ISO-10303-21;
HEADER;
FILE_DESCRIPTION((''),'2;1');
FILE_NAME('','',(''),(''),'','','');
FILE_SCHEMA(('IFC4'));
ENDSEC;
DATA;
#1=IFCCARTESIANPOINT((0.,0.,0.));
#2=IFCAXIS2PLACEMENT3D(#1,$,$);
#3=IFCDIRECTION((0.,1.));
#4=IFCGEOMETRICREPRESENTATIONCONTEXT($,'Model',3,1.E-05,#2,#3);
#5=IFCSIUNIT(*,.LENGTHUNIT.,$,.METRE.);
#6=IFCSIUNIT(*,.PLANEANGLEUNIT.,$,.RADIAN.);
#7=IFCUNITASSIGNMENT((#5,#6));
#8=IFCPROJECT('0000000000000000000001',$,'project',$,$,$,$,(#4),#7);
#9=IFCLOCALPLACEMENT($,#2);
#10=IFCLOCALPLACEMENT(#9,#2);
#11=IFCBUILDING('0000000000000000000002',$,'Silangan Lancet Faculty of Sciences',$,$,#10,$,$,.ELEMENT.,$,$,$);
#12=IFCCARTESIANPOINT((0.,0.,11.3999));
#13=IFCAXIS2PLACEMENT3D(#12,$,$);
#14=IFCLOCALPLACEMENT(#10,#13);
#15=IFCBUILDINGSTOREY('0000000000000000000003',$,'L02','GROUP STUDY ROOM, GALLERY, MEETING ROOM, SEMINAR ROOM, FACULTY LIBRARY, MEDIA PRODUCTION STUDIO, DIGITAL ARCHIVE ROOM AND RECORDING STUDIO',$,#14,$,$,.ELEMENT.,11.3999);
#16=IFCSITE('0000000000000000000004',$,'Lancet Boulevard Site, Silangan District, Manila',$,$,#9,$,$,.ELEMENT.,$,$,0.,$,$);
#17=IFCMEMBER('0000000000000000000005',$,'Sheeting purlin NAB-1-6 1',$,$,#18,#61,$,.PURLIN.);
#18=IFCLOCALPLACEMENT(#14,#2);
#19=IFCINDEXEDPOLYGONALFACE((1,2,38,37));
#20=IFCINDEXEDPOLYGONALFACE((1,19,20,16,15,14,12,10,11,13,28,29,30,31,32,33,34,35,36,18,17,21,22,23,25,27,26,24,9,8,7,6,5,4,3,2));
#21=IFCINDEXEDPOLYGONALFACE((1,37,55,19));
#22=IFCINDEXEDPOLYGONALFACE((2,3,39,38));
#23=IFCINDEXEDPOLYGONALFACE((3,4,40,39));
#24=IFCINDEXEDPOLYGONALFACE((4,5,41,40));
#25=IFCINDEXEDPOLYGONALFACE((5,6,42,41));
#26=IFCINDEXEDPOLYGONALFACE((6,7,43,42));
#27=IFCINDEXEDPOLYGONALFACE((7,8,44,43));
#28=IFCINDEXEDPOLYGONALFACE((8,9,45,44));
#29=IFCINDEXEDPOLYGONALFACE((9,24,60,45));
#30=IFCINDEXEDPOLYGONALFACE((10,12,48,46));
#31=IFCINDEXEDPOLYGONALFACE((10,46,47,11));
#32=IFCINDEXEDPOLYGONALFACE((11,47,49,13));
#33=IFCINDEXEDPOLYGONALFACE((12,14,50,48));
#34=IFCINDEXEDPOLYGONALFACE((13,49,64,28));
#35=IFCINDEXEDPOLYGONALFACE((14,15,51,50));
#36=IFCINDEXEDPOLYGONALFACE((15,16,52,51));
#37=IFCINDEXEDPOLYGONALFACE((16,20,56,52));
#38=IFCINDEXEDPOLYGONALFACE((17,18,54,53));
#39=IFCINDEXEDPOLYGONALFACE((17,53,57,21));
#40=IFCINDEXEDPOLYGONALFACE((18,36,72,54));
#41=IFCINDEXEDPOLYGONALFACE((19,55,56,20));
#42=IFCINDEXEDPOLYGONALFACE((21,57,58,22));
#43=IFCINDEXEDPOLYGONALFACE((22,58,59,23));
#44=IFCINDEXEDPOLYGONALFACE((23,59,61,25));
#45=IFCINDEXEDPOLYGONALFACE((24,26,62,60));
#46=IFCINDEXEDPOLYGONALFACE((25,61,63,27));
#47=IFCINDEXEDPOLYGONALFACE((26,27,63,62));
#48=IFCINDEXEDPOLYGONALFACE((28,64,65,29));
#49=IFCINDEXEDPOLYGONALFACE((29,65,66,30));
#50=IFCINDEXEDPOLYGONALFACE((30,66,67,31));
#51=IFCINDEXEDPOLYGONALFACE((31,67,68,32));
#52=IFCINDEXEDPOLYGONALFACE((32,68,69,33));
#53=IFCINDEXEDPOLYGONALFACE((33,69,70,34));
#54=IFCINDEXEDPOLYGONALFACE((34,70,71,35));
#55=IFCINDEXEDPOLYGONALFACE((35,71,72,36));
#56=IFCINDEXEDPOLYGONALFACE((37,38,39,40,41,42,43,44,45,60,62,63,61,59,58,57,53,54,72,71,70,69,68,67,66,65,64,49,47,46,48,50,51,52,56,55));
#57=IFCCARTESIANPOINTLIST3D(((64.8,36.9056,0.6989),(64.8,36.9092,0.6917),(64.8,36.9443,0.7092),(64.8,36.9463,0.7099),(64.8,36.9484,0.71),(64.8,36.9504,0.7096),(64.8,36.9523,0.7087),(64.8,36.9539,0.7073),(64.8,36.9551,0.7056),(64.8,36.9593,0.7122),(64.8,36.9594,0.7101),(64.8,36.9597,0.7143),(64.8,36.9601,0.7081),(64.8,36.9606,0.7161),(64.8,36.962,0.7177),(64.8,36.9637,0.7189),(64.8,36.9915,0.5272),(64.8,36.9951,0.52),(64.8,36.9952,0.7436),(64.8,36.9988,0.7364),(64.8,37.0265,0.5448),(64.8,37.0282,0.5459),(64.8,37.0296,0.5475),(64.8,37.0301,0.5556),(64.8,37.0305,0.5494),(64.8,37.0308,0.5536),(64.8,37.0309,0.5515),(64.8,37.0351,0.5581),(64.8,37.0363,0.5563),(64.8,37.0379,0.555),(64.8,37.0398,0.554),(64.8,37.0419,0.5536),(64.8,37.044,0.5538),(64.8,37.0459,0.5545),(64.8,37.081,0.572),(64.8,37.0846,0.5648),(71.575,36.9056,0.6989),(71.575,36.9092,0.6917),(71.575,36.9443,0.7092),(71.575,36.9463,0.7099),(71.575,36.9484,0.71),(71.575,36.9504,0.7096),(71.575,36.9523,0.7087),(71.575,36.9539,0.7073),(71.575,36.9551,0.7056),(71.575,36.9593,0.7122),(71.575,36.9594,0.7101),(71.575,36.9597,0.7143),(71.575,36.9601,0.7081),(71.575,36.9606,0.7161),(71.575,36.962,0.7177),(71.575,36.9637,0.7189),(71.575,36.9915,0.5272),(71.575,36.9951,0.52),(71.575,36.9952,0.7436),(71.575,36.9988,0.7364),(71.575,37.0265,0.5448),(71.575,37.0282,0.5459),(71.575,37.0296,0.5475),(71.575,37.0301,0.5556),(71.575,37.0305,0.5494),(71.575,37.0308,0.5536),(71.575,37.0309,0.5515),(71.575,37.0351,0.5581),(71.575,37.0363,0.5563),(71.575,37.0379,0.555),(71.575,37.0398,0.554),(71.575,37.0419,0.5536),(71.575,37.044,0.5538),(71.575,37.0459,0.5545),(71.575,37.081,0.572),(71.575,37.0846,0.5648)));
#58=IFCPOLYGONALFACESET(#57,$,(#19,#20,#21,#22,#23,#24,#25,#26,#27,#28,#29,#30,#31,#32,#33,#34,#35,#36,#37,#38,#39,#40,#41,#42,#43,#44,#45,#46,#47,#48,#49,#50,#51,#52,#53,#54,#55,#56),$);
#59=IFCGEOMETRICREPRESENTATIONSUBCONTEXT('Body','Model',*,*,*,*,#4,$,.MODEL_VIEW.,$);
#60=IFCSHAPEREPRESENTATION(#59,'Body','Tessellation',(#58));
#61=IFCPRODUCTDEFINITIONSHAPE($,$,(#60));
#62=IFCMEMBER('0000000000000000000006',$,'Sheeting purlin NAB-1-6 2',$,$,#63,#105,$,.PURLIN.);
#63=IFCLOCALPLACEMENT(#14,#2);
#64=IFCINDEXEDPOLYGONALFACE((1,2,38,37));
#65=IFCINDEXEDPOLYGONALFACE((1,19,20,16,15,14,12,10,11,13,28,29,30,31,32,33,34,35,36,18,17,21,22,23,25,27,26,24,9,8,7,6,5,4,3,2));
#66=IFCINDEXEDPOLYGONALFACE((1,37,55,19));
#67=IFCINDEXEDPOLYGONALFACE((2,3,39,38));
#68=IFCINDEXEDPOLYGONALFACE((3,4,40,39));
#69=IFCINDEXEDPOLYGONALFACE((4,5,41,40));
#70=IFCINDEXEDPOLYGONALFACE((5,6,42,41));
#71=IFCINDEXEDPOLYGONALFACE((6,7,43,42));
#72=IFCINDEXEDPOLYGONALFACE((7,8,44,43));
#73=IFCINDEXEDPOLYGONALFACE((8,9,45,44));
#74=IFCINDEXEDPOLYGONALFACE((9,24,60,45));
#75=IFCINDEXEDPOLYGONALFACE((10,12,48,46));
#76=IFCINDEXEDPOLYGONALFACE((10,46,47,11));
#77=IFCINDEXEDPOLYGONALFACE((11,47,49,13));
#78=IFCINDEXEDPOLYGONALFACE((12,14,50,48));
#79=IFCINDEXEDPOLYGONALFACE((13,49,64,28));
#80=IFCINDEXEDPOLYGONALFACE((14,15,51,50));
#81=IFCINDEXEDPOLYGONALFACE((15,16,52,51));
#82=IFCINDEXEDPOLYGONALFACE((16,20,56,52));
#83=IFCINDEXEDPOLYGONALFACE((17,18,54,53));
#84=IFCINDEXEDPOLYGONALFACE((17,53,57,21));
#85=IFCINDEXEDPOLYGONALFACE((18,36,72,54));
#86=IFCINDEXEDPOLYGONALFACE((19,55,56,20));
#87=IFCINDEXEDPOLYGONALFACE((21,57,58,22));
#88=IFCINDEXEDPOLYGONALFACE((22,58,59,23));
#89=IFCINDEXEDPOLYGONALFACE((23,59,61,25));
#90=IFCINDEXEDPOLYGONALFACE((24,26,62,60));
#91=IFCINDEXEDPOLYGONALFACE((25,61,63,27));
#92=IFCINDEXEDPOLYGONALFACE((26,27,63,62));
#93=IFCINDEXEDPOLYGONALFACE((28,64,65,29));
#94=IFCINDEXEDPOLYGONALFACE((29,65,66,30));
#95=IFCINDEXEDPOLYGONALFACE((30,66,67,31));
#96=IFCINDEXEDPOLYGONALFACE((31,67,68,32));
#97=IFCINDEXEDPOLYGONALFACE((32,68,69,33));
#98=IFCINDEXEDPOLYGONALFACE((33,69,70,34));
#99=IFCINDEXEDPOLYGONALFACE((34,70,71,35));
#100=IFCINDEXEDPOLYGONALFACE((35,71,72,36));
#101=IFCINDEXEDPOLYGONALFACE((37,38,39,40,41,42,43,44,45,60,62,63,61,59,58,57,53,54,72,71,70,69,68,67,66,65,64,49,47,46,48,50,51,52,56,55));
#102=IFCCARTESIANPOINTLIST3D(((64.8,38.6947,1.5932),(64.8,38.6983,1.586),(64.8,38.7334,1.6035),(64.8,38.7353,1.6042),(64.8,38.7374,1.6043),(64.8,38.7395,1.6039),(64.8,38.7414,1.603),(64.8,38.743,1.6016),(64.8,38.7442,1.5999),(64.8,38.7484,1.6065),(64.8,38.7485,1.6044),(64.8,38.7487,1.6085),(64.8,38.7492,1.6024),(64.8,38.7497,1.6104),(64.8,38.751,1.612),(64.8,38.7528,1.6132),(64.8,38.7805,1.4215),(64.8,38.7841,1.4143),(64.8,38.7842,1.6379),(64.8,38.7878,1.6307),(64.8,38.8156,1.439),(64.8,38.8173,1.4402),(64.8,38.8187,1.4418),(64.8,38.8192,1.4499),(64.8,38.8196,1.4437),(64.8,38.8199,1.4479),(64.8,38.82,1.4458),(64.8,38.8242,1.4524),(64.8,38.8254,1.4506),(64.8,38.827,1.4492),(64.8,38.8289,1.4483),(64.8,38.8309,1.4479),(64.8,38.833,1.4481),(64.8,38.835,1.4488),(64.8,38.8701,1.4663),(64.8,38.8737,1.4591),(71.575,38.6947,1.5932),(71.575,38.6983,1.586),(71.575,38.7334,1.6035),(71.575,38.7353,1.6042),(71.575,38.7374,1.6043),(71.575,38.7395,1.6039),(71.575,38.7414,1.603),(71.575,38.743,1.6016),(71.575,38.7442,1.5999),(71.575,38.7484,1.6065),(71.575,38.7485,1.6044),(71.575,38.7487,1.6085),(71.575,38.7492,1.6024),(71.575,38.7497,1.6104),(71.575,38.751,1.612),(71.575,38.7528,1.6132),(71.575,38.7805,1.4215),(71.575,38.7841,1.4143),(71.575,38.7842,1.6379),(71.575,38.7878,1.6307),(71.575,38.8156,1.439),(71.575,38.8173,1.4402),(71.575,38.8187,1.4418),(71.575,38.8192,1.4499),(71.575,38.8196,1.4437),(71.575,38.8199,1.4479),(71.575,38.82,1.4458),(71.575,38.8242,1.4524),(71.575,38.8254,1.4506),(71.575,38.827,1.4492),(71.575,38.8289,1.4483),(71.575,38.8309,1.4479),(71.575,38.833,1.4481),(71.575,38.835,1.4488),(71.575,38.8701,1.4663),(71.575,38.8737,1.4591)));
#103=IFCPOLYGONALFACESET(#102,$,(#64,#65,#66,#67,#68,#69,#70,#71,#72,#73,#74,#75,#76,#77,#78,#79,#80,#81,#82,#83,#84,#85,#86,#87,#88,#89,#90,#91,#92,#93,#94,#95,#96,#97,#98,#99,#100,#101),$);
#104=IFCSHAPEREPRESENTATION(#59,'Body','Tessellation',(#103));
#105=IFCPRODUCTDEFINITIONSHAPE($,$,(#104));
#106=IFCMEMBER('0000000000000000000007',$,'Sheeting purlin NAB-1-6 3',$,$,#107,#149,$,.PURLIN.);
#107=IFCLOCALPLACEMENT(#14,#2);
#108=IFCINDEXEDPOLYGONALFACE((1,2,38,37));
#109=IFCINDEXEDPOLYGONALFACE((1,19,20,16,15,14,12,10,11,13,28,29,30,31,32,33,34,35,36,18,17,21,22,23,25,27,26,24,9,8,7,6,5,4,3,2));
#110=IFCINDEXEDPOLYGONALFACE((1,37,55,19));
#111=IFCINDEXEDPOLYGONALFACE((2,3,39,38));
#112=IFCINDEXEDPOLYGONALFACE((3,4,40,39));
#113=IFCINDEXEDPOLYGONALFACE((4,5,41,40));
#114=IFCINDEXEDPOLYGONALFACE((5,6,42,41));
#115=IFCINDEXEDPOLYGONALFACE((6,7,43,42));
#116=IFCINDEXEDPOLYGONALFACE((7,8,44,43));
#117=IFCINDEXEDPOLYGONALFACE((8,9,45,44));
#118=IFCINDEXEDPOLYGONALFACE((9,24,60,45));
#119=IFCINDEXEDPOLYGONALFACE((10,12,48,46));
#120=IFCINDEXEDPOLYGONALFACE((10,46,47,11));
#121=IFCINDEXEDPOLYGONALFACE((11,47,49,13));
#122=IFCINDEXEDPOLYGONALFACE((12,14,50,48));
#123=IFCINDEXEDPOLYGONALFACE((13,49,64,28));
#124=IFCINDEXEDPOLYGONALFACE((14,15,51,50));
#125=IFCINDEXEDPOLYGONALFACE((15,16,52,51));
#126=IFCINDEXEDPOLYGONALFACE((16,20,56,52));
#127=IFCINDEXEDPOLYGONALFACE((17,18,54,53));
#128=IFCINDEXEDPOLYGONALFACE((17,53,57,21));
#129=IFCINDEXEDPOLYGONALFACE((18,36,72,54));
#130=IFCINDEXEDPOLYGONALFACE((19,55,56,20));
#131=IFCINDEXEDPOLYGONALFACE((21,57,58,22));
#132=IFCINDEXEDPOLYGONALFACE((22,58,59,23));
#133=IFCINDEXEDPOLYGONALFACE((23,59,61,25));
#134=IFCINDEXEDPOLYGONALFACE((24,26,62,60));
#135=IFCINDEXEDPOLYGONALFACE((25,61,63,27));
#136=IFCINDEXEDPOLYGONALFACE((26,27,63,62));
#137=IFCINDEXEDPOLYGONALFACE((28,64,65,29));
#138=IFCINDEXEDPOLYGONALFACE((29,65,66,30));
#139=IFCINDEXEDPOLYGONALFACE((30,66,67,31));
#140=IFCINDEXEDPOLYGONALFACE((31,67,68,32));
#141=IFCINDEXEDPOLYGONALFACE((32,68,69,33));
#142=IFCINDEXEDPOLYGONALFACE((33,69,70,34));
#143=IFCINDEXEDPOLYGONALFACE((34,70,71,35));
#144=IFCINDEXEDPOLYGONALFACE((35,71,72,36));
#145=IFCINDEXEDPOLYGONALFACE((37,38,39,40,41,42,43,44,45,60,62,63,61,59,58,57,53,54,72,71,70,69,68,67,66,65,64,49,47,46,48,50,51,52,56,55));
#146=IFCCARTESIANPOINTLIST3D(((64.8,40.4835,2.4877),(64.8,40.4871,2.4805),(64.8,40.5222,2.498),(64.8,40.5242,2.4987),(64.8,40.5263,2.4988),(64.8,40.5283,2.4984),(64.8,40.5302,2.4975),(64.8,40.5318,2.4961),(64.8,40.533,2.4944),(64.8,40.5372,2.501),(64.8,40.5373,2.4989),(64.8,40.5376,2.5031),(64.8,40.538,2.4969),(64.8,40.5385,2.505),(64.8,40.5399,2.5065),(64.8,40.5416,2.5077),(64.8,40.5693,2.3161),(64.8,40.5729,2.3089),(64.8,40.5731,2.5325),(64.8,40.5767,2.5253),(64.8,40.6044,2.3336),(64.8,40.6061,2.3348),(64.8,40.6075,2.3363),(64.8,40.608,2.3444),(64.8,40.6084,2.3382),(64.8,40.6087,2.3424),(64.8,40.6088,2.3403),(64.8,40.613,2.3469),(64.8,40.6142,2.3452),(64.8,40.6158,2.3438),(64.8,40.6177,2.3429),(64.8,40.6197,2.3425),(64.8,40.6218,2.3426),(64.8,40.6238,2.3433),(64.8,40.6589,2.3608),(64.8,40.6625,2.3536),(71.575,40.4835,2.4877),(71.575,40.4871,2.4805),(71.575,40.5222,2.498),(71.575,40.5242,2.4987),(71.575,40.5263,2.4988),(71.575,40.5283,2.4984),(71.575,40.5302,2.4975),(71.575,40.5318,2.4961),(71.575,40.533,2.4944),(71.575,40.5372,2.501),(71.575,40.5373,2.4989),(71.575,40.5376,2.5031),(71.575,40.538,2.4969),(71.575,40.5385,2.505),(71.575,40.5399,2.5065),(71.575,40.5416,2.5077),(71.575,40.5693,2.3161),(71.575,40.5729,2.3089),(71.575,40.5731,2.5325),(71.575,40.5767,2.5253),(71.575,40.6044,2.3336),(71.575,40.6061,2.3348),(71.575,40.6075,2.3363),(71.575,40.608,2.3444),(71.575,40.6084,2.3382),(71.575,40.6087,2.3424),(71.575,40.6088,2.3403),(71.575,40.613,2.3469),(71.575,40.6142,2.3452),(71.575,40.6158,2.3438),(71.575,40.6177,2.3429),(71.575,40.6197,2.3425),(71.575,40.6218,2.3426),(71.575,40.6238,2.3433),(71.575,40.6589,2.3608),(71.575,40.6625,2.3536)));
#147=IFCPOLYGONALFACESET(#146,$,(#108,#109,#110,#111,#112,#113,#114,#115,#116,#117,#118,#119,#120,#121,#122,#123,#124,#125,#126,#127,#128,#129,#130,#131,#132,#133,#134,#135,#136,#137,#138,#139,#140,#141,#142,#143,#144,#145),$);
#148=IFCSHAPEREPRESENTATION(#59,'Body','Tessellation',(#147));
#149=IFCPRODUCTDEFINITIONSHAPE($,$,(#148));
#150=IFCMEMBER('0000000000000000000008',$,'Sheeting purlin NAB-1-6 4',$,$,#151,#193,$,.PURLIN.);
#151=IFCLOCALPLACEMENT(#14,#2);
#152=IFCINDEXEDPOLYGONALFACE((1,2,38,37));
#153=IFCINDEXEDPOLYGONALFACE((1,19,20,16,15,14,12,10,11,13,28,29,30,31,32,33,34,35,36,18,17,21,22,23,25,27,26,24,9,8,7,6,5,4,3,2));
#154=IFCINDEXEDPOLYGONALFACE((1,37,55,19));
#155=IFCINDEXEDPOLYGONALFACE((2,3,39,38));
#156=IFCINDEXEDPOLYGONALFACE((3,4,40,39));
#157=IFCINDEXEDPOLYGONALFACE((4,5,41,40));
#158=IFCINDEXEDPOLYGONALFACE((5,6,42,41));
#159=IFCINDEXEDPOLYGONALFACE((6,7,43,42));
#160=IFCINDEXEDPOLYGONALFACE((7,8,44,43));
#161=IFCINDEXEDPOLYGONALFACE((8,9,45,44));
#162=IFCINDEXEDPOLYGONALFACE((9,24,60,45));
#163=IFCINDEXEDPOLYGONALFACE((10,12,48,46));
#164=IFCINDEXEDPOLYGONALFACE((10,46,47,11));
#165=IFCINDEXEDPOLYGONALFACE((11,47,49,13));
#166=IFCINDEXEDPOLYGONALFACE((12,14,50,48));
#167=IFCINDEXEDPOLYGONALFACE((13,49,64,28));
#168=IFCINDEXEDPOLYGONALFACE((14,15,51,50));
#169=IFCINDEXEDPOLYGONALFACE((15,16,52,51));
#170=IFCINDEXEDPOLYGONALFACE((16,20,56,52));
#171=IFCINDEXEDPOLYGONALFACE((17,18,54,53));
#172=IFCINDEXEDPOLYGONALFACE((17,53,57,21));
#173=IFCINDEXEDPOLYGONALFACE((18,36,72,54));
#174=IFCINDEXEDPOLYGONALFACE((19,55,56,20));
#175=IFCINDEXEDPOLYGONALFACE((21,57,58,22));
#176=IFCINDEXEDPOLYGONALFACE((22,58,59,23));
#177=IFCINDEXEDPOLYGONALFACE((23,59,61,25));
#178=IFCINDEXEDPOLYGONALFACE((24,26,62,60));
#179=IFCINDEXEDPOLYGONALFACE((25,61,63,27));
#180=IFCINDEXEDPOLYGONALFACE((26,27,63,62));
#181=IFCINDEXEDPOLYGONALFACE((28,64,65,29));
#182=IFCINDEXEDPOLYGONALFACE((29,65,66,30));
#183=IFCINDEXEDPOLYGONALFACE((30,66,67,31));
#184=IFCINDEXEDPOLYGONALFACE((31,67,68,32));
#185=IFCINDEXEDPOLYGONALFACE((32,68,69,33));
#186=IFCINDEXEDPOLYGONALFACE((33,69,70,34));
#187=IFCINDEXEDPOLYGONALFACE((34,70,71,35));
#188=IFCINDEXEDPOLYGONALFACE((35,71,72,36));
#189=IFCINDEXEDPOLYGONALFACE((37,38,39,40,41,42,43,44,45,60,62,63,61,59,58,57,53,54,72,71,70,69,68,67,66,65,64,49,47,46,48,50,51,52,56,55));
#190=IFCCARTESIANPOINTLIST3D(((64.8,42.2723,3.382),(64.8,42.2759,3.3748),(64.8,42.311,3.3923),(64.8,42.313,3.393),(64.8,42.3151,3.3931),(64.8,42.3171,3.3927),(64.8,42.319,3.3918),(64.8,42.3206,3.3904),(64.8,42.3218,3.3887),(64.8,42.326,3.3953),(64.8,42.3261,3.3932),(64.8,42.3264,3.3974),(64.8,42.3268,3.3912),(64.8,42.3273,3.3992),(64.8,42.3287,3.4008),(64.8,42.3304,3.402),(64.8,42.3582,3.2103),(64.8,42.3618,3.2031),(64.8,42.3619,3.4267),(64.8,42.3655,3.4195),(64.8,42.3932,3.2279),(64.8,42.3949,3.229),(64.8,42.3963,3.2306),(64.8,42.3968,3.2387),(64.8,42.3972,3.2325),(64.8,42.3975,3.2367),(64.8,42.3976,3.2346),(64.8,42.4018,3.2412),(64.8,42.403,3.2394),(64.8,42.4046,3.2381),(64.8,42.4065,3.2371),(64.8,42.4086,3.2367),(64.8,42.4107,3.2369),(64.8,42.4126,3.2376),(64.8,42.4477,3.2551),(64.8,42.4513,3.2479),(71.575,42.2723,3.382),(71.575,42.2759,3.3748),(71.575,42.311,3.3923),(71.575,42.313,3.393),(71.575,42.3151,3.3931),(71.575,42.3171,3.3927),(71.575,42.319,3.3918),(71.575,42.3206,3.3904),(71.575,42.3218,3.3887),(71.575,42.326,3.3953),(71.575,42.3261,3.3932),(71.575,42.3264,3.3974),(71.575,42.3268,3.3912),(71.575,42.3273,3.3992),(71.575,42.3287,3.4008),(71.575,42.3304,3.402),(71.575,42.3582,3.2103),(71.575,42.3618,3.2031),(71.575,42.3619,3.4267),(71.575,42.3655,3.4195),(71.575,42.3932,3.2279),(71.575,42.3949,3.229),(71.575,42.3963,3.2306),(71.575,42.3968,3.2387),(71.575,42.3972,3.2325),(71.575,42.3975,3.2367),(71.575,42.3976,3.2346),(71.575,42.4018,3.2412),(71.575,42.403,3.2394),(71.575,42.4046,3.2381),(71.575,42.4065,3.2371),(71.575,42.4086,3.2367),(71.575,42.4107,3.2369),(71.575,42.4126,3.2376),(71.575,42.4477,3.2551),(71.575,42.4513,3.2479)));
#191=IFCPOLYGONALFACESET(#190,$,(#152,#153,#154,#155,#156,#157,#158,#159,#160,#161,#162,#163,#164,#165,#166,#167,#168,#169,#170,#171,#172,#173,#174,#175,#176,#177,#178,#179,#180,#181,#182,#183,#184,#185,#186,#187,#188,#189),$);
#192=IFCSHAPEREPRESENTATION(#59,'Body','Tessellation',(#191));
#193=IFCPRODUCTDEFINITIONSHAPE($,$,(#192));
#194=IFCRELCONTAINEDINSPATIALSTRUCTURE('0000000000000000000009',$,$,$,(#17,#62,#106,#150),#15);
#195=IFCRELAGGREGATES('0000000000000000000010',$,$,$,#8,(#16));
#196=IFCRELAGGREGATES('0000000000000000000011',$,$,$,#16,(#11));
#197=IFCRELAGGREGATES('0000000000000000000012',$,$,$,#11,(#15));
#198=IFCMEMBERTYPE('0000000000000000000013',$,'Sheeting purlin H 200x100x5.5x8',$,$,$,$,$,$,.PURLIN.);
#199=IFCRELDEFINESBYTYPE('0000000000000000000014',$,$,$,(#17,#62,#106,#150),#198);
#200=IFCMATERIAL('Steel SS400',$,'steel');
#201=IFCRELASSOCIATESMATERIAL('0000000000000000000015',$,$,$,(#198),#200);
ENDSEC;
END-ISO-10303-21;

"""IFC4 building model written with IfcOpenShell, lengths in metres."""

from ifc_helpers import new_model, si_unit, direction, frame, origin, origin_2d, place, context, subcontext, project, spatial, i_section, extrude, material, material_profile, profile_set, type_object, element, save


model = new_model("IFC4")

# Units and contexts
model_context = context("Model", 3, precision=1e-05, world=origin(), true_north=direction((0.0, 1.0)))
body_context = subcontext(model_context, "Body", "Model", "MODEL_VIEW")
ifc_project = project(units=[si_unit("LENGTHUNIT", "METRE"), si_unit("PLANEANGLEUNIT", "RADIAN")], contexts=[model_context])

# Site, building, storey
site_placement = place(None, origin())
site = spatial("IfcSite", under=ifc_project, at=site_placement, Name="Lancet Boulevard Site, Silangan District, Manila", CompositionType="ELEMENT", RefElevation=0.0)
building_placement = place(site_placement, origin())
building = spatial("IfcBuilding", under=site, at=building_placement, Name="Silangan Lancet Faculty of Sciences", CompositionType="ELEMENT")
storey_placement = place(building_placement, frame((0.0, 0.0, 11.3999)))
storey = spatial("IfcBuildingStorey", under=building, at=storey_placement, Name="L02", Description="GROUP STUDY ROOM, GALLERY, MEETING ROOM, SEMINAR ROOM, FACULTY LIBRARY, MEDIA PRODUCTION STUDIO, DIGITAL ARCHIVE ROOM AND RECORDING STUDIO", CompositionType="ELEMENT", Elevation=11.3999)

# Members
ifc_material_1 = material(Name="Steel SS400", Category="steel")
ifc_material_profile_1 = material_profile(ifc_material_1, i_section(OverallWidth=0.1001, OverallDepth=0.2, WebThickness=0.0056, FlangeThickness=0.0081, FilletRadius=0.0081, at=origin_2d()), Name="H 200x100x5.5x8")
ifc_profile_set_1 = profile_set([ifc_material_profile_1], Name="Steel SS400")
member_type_1 = type_object("IfcMemberType", Name="Sheeting purlin H 200x100x5.5x8", PredefinedType="PURLIN", material=ifc_profile_set_1)
for number, where, z_axis, x_axis, name in (
    (1, (64.8, 36.9951, 0.6318), (1.0, 0.0, 0.0), (0.0, 0.894427, 0.447214), "Sheeting purlin NAB-1-6 1"),
    (2, (64.8, 38.7842, 1.5261), (1.0, 0.0, 0.0), (0.0, 0.894427, 0.447214), "Sheeting purlin NAB-1-6 2"),
    (3, (64.8, 40.573, 2.4207), (1.0, 0.0, 0.0), (0.0, 0.894427, 0.447214), "Sheeting purlin NAB-1-6 3"),
    (4, (64.8, 42.3618, 3.3149), (1.0, 0.0, 0.0), (0.0, 0.894427, 0.447214), "Sheeting purlin NAB-1-6 4"),
):
    element("IfcMember", number, at=place(storey_placement, frame(where, z_axis=z_axis, x_axis=x_axis)), inside=storey, type_object=member_type_1, Name=name, PredefinedType="PURLIN", context=body_context, shape_type="SweptSolid", body=[
        extrude(i_section(OverallWidth=0.1001, OverallDepth=0.2, WebThickness=0.0056, FlangeThickness=0.0081, FilletRadius=0.0081, at=origin_2d()), origin(), (0.0, 0.0, 1.0), 6.7749),
    ])

save(model, "model.ifc")
